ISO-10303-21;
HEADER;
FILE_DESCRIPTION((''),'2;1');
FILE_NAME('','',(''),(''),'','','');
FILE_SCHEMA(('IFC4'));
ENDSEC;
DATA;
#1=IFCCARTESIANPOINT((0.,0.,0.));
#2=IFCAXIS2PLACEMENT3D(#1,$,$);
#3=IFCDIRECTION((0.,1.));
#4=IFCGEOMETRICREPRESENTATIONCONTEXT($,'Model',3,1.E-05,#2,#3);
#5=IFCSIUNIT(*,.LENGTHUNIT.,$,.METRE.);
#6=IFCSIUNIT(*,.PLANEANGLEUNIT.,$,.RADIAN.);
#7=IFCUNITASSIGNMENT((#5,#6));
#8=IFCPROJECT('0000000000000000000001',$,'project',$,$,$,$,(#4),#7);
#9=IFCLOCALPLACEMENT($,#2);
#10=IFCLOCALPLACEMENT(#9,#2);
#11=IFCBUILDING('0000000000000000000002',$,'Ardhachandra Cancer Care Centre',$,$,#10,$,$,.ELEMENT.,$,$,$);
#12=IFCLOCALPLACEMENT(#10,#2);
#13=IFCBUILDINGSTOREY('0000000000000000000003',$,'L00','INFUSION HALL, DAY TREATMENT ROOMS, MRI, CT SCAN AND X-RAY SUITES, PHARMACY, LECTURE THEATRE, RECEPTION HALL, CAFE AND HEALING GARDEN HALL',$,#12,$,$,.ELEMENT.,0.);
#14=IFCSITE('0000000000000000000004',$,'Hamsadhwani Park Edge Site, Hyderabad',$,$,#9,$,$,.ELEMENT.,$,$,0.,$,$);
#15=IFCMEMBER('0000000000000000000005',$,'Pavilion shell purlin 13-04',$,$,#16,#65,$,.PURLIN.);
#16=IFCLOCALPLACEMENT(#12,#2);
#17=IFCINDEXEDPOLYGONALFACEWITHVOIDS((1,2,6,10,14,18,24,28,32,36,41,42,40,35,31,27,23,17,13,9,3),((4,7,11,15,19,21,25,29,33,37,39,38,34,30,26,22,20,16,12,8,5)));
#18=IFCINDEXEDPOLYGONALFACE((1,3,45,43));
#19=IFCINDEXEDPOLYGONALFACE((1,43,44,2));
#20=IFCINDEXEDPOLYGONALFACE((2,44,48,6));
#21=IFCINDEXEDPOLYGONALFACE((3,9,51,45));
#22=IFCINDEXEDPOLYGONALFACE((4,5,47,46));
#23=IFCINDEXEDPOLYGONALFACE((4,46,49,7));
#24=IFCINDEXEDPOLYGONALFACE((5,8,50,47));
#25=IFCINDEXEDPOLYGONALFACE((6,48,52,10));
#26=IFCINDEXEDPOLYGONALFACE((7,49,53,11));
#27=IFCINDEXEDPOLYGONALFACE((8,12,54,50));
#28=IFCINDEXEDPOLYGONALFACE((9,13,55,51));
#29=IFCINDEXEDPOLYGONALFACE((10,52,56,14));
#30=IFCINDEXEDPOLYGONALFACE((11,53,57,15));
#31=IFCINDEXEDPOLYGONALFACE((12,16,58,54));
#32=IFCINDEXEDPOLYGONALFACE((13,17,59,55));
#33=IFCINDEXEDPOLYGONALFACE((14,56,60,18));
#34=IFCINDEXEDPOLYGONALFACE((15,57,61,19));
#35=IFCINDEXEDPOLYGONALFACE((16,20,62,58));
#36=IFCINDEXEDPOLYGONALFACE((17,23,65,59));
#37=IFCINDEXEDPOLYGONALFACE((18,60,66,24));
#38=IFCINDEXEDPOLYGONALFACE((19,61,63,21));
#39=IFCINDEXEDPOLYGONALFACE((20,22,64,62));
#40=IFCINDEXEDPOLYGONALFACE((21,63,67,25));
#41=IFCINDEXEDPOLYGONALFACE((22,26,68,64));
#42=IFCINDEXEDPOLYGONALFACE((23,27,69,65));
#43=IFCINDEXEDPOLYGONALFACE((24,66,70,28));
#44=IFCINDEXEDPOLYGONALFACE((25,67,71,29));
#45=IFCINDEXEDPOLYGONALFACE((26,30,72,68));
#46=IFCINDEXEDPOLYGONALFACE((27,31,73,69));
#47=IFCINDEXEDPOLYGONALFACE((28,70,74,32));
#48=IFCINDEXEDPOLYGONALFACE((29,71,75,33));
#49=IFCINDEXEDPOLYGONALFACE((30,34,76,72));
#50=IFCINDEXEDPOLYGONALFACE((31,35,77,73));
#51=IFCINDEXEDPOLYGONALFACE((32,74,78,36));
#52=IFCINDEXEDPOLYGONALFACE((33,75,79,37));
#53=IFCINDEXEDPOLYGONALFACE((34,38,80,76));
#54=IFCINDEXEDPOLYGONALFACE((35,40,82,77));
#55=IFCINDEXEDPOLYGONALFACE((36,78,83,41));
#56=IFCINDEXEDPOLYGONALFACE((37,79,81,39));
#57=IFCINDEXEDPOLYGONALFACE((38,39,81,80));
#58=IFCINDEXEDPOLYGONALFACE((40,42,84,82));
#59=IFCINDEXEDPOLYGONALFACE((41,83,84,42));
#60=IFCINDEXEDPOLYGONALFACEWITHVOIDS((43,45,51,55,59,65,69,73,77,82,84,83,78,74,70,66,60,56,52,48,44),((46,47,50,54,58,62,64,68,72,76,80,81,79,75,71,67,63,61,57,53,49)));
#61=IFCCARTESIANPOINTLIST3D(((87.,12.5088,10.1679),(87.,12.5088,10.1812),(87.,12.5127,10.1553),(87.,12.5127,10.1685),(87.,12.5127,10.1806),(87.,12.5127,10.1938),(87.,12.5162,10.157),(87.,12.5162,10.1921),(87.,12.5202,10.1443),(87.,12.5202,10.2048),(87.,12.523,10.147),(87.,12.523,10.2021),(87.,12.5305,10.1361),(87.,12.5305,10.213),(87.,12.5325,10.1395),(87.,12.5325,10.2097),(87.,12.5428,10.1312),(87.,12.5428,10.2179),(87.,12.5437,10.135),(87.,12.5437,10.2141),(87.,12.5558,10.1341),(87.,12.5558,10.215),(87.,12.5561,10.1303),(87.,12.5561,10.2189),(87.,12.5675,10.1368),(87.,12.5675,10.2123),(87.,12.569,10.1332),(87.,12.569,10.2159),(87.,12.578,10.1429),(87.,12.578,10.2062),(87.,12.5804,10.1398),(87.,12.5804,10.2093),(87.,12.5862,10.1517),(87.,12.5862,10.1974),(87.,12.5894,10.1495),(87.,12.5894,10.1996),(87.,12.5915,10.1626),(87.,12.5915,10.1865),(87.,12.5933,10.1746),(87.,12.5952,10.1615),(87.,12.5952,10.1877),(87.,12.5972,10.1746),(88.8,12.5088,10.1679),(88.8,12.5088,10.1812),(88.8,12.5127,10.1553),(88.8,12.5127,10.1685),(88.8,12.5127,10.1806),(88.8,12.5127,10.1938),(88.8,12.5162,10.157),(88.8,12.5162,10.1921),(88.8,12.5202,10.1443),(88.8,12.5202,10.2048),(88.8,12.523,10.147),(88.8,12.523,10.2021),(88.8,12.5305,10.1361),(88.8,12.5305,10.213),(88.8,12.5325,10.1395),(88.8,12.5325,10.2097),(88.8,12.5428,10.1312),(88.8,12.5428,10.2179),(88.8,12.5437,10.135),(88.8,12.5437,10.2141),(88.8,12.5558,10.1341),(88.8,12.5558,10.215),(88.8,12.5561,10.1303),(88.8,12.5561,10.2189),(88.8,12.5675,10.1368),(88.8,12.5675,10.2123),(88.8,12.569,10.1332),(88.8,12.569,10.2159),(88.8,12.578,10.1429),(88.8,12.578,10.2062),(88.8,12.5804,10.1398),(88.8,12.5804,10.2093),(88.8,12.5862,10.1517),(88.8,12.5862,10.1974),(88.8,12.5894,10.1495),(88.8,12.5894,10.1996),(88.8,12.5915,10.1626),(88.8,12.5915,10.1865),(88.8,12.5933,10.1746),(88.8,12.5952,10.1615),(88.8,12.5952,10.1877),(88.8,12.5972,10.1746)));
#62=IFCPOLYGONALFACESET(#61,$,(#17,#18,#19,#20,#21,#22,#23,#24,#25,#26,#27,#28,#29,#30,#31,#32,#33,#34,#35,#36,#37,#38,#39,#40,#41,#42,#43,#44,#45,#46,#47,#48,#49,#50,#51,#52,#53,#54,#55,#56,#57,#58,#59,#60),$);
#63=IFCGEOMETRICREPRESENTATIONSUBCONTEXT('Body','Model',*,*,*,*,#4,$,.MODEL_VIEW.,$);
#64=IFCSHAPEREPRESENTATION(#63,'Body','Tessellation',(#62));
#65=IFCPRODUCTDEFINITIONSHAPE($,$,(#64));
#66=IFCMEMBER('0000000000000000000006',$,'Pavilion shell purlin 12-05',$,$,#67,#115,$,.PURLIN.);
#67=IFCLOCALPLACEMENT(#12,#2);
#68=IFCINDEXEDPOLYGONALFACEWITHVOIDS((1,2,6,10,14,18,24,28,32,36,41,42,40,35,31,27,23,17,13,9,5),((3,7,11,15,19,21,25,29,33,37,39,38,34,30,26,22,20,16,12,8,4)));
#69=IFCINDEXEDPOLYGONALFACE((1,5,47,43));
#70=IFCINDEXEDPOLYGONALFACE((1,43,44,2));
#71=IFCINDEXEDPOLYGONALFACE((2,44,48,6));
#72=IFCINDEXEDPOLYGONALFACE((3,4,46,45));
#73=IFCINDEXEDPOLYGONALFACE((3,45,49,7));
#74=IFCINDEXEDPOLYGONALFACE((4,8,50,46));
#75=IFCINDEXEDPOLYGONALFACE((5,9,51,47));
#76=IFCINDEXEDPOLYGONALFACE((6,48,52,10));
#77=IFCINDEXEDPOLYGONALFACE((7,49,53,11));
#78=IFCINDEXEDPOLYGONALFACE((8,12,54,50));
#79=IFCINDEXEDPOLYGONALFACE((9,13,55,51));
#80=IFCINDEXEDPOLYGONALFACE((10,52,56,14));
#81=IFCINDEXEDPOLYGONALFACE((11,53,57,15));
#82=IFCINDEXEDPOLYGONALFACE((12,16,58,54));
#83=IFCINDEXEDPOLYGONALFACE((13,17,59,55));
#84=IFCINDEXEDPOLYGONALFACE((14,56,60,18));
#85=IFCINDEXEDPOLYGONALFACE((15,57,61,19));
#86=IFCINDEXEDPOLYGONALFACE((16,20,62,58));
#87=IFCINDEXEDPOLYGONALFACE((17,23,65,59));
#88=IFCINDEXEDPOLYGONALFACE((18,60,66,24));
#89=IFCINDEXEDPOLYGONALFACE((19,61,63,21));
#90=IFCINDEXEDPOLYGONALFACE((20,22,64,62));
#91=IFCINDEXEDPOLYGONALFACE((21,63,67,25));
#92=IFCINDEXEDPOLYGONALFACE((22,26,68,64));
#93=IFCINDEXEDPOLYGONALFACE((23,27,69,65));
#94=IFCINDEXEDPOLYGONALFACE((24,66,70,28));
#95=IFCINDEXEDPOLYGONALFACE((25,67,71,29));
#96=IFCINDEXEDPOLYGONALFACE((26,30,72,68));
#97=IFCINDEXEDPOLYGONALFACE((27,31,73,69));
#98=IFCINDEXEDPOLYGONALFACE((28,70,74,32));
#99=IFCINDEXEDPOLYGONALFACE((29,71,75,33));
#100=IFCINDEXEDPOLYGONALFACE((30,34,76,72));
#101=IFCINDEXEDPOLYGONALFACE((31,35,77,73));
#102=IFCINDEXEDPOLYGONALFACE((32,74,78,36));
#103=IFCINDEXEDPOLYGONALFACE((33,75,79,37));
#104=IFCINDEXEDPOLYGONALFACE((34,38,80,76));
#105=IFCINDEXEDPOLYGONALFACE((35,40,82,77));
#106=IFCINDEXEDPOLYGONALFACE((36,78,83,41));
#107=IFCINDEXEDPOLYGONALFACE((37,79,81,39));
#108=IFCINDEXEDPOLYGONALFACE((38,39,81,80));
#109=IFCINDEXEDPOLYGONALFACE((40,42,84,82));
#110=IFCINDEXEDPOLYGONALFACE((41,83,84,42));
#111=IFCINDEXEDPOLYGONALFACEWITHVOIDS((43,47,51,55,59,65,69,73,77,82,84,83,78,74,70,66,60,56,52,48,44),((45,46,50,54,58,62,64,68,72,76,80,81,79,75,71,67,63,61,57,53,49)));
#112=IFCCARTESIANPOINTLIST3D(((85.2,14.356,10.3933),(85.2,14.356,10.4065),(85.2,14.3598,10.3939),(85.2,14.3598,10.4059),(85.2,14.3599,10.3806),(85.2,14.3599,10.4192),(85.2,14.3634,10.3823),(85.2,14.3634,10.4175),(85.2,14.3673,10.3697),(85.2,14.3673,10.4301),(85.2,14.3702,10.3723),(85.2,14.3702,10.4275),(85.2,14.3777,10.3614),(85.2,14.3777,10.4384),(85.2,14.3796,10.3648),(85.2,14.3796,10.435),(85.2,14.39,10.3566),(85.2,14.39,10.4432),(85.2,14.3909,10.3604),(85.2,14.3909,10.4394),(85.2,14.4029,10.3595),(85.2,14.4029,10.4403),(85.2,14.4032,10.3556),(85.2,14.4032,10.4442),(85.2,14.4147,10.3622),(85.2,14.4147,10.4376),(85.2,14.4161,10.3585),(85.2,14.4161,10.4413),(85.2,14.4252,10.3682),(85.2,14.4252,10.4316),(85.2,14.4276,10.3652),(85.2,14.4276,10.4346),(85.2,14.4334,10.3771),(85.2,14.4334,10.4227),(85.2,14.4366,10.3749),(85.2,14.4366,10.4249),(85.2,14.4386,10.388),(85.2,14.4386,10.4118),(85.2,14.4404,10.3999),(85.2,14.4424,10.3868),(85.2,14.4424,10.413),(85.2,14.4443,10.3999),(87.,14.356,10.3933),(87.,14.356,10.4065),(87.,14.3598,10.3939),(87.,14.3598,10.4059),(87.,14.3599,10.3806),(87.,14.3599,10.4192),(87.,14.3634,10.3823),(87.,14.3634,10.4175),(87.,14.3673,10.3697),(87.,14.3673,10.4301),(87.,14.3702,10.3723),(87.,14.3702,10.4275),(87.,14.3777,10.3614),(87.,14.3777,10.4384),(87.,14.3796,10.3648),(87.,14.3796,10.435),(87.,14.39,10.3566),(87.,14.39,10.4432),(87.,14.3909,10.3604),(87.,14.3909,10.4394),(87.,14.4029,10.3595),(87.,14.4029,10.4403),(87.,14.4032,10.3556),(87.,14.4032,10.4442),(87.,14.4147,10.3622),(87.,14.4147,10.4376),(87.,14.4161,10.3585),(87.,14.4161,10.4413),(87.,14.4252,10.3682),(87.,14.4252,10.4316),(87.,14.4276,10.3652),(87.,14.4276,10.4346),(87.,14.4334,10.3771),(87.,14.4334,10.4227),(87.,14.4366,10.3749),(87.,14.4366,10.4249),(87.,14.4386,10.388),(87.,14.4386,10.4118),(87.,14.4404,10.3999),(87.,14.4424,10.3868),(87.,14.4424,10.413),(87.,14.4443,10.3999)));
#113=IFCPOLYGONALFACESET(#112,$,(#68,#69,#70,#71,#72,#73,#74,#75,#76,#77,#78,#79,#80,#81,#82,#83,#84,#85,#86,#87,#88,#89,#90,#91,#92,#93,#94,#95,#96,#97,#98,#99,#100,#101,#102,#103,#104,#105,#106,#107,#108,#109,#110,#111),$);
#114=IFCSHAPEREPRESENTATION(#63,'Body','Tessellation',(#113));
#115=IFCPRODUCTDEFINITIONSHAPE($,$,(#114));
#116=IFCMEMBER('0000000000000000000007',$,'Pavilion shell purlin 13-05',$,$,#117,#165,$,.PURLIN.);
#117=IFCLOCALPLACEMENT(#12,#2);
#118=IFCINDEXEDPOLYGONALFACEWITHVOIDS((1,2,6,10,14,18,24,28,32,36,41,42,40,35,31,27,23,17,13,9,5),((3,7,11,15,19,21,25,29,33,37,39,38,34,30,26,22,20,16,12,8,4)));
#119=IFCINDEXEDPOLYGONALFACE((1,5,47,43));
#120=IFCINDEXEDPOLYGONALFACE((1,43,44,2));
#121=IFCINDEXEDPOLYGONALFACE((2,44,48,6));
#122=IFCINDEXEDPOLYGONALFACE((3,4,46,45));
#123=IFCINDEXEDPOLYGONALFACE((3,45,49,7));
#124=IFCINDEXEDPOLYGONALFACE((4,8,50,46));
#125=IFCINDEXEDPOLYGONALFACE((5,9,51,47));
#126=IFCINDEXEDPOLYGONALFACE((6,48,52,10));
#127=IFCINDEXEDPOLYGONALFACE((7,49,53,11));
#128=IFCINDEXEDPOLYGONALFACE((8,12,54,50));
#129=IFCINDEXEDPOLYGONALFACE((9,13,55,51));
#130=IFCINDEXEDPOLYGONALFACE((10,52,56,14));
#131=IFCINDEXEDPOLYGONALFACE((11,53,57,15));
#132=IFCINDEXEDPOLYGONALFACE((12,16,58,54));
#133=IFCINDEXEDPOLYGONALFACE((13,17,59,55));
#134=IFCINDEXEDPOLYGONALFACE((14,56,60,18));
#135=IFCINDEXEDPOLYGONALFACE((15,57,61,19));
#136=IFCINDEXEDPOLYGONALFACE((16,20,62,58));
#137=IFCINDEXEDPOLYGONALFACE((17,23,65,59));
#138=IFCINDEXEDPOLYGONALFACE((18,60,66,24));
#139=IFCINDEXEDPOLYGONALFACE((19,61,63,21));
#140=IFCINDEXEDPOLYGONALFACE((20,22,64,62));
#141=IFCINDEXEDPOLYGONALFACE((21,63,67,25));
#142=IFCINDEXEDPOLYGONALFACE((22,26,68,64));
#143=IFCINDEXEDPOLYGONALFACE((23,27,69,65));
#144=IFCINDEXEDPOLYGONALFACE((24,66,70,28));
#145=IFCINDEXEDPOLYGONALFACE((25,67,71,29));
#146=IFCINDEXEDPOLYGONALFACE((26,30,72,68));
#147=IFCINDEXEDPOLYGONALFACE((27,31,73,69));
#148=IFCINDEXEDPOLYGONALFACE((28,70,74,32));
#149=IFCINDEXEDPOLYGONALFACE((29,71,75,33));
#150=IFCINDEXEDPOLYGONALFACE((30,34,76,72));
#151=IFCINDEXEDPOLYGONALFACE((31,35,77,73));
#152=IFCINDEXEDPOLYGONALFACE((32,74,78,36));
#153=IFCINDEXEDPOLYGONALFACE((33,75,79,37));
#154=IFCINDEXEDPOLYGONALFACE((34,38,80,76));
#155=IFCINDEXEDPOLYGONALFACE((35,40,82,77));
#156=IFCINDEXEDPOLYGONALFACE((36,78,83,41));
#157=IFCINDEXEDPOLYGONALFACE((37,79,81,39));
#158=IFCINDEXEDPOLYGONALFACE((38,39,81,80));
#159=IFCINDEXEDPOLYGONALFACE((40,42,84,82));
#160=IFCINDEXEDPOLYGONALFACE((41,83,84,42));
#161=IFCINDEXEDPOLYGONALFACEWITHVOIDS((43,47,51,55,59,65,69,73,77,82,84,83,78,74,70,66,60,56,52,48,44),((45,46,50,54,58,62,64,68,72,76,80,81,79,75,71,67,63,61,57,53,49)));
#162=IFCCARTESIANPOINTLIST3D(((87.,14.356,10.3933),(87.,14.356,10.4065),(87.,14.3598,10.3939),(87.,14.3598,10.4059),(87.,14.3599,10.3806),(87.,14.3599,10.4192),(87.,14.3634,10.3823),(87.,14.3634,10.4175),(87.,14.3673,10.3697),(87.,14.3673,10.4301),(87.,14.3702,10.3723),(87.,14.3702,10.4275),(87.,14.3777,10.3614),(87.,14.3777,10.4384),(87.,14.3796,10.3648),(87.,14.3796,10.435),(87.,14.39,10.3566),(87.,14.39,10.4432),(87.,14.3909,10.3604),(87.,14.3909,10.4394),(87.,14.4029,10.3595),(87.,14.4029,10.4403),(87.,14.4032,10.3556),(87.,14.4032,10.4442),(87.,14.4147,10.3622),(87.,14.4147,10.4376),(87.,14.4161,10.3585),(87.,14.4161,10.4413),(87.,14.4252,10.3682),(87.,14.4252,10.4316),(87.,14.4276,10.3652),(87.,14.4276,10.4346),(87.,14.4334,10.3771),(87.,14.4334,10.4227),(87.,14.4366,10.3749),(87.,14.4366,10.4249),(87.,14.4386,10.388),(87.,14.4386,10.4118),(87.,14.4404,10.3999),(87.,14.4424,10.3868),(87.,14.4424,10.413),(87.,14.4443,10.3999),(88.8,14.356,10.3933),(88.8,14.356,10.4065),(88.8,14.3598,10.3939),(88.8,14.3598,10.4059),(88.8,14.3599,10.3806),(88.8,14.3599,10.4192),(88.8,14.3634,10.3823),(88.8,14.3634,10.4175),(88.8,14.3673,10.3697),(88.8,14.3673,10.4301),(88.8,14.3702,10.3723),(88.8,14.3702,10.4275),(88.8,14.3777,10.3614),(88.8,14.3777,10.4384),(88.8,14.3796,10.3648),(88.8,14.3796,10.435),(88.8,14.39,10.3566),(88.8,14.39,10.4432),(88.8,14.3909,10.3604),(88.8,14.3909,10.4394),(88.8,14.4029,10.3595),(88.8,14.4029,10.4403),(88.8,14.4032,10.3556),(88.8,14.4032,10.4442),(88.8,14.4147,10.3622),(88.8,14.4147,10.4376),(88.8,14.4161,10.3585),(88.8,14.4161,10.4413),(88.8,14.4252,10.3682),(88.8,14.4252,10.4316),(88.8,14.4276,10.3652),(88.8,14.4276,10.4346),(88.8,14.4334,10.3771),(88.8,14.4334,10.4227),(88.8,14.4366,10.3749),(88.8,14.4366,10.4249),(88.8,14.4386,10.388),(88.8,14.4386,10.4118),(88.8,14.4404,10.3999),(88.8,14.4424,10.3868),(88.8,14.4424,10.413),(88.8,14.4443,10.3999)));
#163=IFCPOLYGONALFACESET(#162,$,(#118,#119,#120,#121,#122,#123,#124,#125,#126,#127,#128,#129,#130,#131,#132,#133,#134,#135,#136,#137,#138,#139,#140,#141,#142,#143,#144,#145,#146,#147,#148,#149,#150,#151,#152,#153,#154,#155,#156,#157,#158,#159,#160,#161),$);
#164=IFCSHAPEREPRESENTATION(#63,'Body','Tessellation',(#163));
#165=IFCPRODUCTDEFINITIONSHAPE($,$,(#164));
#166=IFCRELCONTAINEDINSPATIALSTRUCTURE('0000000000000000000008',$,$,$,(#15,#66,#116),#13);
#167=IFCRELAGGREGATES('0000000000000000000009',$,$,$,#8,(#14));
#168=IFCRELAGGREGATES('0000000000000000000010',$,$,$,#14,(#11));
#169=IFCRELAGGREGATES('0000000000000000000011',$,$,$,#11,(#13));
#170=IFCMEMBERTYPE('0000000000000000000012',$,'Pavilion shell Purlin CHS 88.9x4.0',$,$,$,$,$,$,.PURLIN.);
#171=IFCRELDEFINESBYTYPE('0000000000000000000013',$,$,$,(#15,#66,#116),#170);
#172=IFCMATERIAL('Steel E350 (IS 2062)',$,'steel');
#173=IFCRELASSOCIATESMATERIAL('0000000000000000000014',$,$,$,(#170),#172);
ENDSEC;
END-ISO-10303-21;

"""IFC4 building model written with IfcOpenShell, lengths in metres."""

from ifc_helpers import new_model, si_unit, direction, frame, origin, origin_2d, place, context, subcontext, project, spatial, hollow_circle, extrude, material, material_profile, profile_set, type_object, element, save


model = new_model("IFC4")

# Units and contexts
model_context = context("Model", 3, precision=1e-05, world=origin(), true_north=direction((0.0, 1.0)))
body_context = subcontext(model_context, "Body", "Model", "MODEL_VIEW")
ifc_project = project(units=[si_unit("LENGTHUNIT", "METRE"), si_unit("PLANEANGLEUNIT", "RADIAN")], contexts=[model_context])

# Site, building, storey
site_placement = place(None, origin())
site = spatial("IfcSite", under=ifc_project, at=site_placement, Name="Hamsadhwani Park Edge Site, Hyderabad", CompositionType="ELEMENT", RefElevation=0.0)
building_placement = place(site_placement, origin())
building = spatial("IfcBuilding", under=site, at=building_placement, Name="Ardhachandra Cancer Care Centre", CompositionType="ELEMENT")
storey_placement = place(building_placement, origin())
storey = spatial("IfcBuildingStorey", under=building, at=storey_placement, Name="L00", Description="INFUSION HALL, DAY TREATMENT ROOMS, MRI, CT SCAN AND X-RAY SUITES, PHARMACY, LECTURE THEATRE, RECEPTION HALL, CAFE AND HEALING GARDEN HALL", CompositionType="ELEMENT", Elevation=0.0)

# Members
ifc_material_1 = material(Name="Steel E350 (IS 2062)", Category="steel")
ifc_material_profile_1 = material_profile(ifc_material_1, hollow_circle(Radius=0.0444, WallThickness=0.0039, at=origin_2d()), Name="CHS 88.9x4.0")
ifc_profile_set_1 = profile_set([ifc_material_profile_1], Name="Steel E350 (IS 2062)")
member_type_1 = type_object("IfcMemberType", Name="Pavilion shell Purlin CHS 88.9x4.0", PredefinedType="PURLIN", material=ifc_profile_set_1)
for number, where, z_axis, x_axis, name in (
    (1, (87.0, 12.5527, 10.1746), (1.0, 0.0, 0.0), (0.0, 1.0, 0.0), "Pavilion shell purlin 13-04"),
    (2, (85.2, 14.3999, 10.3999), (1.0, 0.0, 0.0), (0.0, 1.0, 0.0), "Pavilion shell purlin 12-05"),
    (3, (87.0, 14.3999, 10.3999), (1.0, 0.0, 0.0), (0.0, 1.0, 0.0), "Pavilion shell purlin 13-05"),
):
    element("IfcMember", number, at=place(storey_placement, frame(where, z_axis=z_axis, x_axis=x_axis)), inside=storey, type_object=member_type_1, Name=name, PredefinedType="PURLIN", context=body_context, shape_type="SweptSolid", body=[
        extrude(hollow_circle(Radius=0.0444, WallThickness=0.0039, at=origin_2d()), origin(), (0.0, 0.0, 1.0), 1.8),
    ])

save(model, "model.ifc")
